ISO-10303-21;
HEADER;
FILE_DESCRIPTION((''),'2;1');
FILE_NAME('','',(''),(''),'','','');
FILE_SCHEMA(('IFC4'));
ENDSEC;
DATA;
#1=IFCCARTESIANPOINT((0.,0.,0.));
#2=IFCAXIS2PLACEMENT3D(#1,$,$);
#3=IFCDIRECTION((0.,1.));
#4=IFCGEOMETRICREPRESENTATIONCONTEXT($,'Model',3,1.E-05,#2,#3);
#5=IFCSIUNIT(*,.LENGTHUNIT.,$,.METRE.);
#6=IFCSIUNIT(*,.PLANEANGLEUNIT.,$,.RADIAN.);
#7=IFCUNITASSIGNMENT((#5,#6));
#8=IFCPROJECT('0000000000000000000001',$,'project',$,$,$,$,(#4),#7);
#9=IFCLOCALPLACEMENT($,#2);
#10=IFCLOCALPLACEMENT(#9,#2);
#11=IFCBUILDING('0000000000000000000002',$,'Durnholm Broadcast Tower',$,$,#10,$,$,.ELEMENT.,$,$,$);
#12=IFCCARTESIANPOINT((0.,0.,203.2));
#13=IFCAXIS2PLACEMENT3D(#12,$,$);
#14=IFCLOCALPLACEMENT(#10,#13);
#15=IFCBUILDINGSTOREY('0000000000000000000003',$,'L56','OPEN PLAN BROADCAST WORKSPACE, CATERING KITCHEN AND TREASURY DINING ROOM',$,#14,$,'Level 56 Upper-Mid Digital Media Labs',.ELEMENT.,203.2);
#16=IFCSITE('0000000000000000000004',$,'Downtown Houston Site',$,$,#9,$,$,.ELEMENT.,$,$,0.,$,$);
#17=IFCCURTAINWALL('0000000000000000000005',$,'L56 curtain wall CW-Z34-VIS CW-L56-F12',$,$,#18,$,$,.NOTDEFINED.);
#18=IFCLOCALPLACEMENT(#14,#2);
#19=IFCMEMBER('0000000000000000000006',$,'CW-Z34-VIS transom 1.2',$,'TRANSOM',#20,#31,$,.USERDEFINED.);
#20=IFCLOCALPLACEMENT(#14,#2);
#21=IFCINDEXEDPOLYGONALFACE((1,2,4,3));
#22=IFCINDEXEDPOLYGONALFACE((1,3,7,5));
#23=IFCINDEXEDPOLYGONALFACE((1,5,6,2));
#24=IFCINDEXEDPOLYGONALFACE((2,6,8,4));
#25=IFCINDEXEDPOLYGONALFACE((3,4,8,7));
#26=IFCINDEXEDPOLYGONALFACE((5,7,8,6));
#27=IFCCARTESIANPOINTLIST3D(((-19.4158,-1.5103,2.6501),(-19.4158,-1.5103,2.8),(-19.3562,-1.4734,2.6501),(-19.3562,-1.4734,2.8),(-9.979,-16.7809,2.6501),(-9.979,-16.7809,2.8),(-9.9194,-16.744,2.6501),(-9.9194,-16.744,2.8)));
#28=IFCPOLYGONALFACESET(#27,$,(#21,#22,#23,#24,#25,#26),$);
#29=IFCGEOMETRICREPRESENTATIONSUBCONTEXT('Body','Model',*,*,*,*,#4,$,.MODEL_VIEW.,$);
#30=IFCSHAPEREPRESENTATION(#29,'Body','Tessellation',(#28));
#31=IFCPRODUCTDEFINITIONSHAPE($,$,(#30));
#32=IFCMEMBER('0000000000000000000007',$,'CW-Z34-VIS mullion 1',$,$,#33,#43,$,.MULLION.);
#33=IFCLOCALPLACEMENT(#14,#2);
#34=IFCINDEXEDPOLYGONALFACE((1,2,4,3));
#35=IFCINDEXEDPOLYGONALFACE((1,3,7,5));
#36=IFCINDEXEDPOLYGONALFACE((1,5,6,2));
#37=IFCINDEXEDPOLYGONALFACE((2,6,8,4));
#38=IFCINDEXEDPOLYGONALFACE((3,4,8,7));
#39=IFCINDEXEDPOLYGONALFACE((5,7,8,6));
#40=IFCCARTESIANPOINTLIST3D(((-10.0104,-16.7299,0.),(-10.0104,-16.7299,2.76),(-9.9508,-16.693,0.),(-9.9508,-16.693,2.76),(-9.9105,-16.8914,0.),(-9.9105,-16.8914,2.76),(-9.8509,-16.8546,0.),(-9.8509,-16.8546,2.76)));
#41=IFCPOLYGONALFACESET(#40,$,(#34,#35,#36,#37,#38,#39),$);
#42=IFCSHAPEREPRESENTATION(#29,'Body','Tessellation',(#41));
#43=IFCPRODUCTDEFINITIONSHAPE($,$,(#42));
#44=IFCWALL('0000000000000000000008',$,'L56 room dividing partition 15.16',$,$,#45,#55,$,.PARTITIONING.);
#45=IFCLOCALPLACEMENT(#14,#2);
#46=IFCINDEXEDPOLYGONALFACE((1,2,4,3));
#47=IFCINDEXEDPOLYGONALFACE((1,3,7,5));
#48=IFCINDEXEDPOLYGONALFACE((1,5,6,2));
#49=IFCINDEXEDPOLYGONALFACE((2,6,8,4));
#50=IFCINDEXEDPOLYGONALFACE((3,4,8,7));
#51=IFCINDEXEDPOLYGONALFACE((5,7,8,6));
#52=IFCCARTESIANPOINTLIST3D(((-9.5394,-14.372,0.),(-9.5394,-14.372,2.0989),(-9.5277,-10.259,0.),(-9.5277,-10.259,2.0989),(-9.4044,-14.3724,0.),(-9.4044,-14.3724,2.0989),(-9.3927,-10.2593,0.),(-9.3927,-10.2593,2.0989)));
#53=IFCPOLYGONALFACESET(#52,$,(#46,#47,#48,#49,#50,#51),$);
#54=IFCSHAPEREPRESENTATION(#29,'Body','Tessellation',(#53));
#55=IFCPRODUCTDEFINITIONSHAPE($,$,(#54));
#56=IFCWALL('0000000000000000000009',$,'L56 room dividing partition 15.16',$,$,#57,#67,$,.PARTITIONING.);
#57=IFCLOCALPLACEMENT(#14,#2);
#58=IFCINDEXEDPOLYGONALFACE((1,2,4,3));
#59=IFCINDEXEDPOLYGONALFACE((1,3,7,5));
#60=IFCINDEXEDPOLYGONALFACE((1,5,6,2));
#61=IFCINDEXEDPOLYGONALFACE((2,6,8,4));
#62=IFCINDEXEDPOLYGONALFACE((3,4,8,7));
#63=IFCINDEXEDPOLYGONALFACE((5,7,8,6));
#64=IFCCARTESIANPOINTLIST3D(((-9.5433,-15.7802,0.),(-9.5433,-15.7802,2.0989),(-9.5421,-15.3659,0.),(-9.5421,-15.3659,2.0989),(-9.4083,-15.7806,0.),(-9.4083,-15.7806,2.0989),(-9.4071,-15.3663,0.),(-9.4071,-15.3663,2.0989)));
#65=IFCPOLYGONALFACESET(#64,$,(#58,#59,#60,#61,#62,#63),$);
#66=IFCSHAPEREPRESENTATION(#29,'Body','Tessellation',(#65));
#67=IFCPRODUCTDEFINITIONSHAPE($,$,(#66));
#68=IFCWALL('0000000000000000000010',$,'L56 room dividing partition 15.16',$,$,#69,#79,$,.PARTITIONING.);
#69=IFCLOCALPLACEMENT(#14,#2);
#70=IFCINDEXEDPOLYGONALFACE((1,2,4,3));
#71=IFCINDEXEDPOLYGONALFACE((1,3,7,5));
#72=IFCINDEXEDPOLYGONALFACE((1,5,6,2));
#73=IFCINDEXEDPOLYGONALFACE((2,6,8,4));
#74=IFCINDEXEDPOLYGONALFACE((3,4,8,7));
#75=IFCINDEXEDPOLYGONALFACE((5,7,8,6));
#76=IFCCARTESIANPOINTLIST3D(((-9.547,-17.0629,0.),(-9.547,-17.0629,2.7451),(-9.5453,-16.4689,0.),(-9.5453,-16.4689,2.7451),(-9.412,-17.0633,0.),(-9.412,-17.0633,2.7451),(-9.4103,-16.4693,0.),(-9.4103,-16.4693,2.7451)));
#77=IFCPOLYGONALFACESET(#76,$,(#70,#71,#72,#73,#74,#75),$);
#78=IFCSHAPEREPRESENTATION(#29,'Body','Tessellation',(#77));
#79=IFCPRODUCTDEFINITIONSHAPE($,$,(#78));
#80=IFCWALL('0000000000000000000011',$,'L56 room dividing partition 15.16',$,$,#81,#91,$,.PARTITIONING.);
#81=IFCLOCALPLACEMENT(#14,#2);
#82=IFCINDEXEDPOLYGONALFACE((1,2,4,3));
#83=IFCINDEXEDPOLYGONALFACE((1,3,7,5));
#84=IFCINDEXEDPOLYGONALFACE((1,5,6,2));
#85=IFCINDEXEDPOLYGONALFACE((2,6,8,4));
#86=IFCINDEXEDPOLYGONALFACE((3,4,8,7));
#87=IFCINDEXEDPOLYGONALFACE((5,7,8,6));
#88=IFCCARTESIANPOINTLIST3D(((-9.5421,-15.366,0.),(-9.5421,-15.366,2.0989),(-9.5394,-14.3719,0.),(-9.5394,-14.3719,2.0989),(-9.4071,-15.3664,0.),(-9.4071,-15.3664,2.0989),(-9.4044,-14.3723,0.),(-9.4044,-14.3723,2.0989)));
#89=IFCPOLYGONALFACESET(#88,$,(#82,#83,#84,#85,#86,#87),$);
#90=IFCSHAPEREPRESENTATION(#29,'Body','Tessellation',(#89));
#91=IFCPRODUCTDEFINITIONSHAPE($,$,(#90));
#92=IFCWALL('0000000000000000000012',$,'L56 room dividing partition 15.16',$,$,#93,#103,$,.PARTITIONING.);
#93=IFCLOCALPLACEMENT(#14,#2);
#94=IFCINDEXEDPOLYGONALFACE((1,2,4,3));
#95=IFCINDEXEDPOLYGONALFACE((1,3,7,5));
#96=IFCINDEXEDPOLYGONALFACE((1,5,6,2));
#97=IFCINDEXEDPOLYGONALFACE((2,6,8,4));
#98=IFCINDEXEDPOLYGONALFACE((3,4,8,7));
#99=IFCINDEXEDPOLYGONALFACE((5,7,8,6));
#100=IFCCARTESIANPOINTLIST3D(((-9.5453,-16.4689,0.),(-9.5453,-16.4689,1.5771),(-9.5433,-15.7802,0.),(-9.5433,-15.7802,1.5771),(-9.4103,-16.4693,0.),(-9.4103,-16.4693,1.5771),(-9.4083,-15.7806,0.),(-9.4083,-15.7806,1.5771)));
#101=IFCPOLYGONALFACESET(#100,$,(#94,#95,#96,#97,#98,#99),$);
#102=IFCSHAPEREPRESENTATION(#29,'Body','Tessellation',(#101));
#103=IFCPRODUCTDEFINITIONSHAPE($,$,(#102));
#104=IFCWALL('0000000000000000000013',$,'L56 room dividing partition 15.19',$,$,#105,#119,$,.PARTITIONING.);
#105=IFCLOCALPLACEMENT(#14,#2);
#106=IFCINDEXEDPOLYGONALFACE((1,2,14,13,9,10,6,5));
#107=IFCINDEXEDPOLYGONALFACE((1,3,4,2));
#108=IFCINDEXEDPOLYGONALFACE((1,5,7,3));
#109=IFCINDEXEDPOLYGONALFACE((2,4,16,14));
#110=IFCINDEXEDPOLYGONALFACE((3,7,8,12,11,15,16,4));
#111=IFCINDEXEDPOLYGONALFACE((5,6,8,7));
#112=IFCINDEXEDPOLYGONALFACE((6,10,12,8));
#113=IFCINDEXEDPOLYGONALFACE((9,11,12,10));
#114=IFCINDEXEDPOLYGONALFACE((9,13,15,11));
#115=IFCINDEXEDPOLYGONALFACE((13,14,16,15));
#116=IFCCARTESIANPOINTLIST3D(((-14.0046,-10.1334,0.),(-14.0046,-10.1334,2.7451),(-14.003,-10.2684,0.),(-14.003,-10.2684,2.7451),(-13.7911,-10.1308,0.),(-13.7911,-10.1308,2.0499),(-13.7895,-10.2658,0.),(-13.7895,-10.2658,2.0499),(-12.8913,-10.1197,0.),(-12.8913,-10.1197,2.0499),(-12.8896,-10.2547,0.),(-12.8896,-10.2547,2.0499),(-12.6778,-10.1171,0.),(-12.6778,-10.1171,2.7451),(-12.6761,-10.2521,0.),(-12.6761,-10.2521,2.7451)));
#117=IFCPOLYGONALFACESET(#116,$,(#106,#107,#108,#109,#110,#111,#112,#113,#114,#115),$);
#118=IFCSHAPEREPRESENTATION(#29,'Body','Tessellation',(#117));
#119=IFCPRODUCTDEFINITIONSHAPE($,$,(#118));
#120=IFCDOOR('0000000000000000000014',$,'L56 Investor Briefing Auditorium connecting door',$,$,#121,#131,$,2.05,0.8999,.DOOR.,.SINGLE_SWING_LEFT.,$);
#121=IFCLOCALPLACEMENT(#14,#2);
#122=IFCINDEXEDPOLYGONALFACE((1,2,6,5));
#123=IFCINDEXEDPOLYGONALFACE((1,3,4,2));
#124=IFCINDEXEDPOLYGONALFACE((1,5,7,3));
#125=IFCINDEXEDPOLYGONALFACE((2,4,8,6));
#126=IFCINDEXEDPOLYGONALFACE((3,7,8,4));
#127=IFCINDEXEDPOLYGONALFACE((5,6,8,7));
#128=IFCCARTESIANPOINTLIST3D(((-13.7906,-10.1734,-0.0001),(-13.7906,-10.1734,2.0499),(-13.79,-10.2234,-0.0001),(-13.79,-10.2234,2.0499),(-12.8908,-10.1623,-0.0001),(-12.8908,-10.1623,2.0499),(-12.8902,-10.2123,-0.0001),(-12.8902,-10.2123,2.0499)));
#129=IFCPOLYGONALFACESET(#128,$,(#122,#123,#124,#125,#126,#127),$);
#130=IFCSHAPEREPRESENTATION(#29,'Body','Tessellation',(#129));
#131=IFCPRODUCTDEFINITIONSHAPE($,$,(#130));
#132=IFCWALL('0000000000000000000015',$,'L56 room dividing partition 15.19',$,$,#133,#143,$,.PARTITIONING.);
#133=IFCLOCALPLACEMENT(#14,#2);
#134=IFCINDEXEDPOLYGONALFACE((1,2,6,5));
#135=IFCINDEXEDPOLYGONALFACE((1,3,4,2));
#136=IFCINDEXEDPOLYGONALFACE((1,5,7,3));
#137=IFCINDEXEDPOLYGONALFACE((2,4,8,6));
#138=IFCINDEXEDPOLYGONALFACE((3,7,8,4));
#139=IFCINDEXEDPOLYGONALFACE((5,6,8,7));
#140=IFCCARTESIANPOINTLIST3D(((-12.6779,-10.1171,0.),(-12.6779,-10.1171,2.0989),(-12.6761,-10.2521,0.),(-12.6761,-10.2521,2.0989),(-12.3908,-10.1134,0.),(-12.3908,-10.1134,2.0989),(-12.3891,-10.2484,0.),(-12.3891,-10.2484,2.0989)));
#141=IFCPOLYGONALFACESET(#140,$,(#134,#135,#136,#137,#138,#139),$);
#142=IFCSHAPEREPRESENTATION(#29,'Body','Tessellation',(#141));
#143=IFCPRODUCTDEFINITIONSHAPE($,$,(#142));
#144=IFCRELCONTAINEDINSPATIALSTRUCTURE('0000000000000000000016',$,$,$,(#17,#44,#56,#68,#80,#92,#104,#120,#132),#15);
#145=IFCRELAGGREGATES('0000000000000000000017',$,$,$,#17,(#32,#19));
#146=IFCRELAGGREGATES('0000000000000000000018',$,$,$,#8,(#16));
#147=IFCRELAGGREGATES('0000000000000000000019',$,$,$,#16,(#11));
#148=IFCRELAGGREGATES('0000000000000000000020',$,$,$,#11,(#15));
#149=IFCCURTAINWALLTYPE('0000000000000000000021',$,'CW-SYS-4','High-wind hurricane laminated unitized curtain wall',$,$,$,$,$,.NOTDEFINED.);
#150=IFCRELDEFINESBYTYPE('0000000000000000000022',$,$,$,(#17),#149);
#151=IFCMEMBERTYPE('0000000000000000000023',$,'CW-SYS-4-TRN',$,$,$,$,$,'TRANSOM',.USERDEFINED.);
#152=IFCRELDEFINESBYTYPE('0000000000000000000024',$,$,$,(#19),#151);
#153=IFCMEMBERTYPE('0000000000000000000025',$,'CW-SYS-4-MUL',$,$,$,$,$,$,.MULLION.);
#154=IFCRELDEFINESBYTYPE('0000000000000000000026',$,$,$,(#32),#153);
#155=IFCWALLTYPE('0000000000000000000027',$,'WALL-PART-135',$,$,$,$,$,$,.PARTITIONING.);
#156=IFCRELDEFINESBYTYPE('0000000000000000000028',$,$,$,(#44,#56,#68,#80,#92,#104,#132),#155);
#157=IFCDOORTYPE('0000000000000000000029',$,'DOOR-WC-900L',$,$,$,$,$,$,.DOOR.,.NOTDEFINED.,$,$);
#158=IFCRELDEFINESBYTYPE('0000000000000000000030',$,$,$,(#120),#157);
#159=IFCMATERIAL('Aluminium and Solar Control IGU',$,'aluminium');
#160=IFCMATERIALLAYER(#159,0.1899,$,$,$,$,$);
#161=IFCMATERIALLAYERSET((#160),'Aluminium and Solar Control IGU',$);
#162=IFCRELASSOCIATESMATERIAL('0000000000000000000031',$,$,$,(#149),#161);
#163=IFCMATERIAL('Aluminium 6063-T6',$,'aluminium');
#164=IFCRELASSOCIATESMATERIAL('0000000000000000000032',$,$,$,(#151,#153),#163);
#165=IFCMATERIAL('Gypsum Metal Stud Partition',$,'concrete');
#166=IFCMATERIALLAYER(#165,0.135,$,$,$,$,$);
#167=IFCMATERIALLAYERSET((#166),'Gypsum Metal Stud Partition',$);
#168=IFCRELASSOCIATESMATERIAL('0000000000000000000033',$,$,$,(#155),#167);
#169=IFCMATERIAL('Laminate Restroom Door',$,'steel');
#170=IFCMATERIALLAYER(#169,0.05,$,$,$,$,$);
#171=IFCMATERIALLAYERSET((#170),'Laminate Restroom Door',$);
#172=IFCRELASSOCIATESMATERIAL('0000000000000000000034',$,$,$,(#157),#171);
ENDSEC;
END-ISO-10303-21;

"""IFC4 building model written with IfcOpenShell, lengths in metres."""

from ifc_helpers import new_model, si_unit, direction, frame, frame_2d, origin, origin_2d, place, context, subcontext, project, spatial, rectangle, extrude, source, transform, mapped, material, layer, layer_set, material_profile, profile_set, type_object, type_shapes, element, fill, aggregate, save


model = new_model("IFC4")

# Units and contexts
model_context = context("Model", 3, precision=1e-05, world=origin(), true_north=direction((0.0, 1.0)))
body_context = subcontext(model_context, "Body", "Model", "MODEL_VIEW")
ifc_project = project(units=[si_unit("LENGTHUNIT", "METRE"), si_unit("PLANEANGLEUNIT", "RADIAN")], contexts=[model_context])

# Site, building, storey
site_placement = place(None, origin())
site = spatial("IfcSite", under=ifc_project, at=site_placement, Name="Downtown Houston Site", CompositionType="ELEMENT", RefElevation=0.0)
building_placement = place(site_placement, origin())
building = spatial("IfcBuilding", under=site, at=building_placement, Name="Durnholm Broadcast Tower", CompositionType="ELEMENT")
storey_placement = place(building_placement, frame((0.0, 0.0, 203.2)))
storey = spatial("IfcBuildingStorey", under=building, at=storey_placement, Name="L56", Description="OPEN PLAN BROADCAST WORKSPACE, CATERING KITCHEN AND TREASURY DINING ROOM", LongName="Level 56 Upper-Mid Digital Media Labs", CompositionType="ELEMENT", Elevation=203.2)

# Shared definitions
ifc_material_1 = material(Name="Aluminium and Solar Control IGU", Category="aluminium")
ifc_material_2 = material(Name="Aluminium 6063-T6", Category="aluminium")

# Curtain wall, members
ifc_layer_1 = layer(ifc_material_1, 0.1899)
ifc_layer_set_1 = layer_set([ifc_layer_1], Name="Aluminium and Solar Control IGU")
curtain_wall_type_1 = type_object("IfcCurtainWallType", Name="CW-SYS-4", Description="High-wind hurricane laminated unitized curtain wall", PredefinedType="NOTDEFINED", material=ifc_layer_set_1)
curtain_wall_1_placement = place(storey_placement, origin())
curtain_wall_1 = element("IfcCurtainWall", 1, at=curtain_wall_1_placement, inside=storey, type_object=curtain_wall_type_1, Name="L56 curtain wall CW-Z34-VIS CW-L56-F12", PredefinedType="NOTDEFINED")
ifc_material_profile_1 = material_profile(ifc_material_2, rectangle(XDim=0.0701, YDim=0.1499, at=origin_2d()), Name="CWT70X150")
ifc_profile_set_1 = profile_set([ifc_material_profile_1], Name="Aluminium 6063-T6")
member_type_1 = type_object("IfcMemberType", Name="CW-SYS-4-TRN", ElementType="TRANSOM", PredefinedType="USERDEFINED", material=ifc_profile_set_1)
shared_shape_1 = source(origin(), body_context, "Body", "SweptSolid", [
    extrude(rectangle(XDim=0.0701, YDim=0.1499, at=origin_2d()), origin(), (0.0, 0.0, 1.0), 17.9512),
])
type_shapes(member_type_1, [shared_shape_1])
member_1_placement = place(storey_placement, frame((-9.9492, -16.7625, 2.7251), z_axis=(-0.525694, 0.850674, 0.0), x_axis=(-0.850674, -0.525694, 0.0)))
member_1 = element("IfcMember", 2, at=member_1_placement, type_object=member_type_1, Name="CW-Z34-VIS transom 1.2", ObjectType="TRANSOM", PredefinedType="USERDEFINED", context=body_context, shape_type="MappedRepresentation", body=[
    mapped(shared_shape_1, transform((0.0, 0.0, 0.0), x_axis=(1.0, 0.0, 0.0), y_axis=(0.0, 1.0, 0.0), z_axis=(0.0, 0.0, 1.0), scale=1.0)),
])
ifc_material_profile_2 = material_profile(ifc_material_2, rectangle(XDim=0.0701, YDim=0.1899, at=origin_2d()), Name="CWM70X190")
ifc_profile_set_2 = profile_set([ifc_material_profile_2], Name="Aluminium 6063-T6")
member_type_2 = type_object("IfcMemberType", Name="CW-SYS-4-MUL", PredefinedType="MULLION", material=ifc_profile_set_2)
shared_shape_2 = source(origin(), body_context, "Body", "SweptSolid", [
    extrude(rectangle(XDim=0.0701, YDim=0.1899, at=origin_2d()), origin(), (0.0, 0.0, 1.0), 2.76),
])
type_shapes(member_type_2, [shared_shape_2])
member_2_placement = place(storey_placement, frame((-9.9307, -16.7922, 0.0), z_axis=(0.0, 0.0, 1.0), x_axis=(-0.850671, -0.525698, 0.0)))
member_2 = element("IfcMember", 3, at=member_2_placement, type_object=member_type_2, Name="CW-Z34-VIS mullion 1", PredefinedType="MULLION", context=body_context, shape_type="MappedRepresentation", body=[
    mapped(shared_shape_2, transform((0.0, 0.0, 0.0), x_axis=(1.0, 0.0, 0.0), y_axis=(0.0, 1.0, 0.0), z_axis=(0.0, 0.0, 1.0), scale=1.0)),
])
aggregate(curtain_wall_1, [member_2, member_1])

# Walls
ifc_material_3 = material(Name="Gypsum Metal Stud Partition", Category="concrete")
ifc_layer_2 = layer(ifc_material_3, 0.135)
ifc_layer_set_2 = layer_set([ifc_layer_2], Name="Gypsum Metal Stud Partition")
wall_type_1 = type_object("IfcWallType", Name="WALL-PART-135", PredefinedType="PARTITIONING", material=ifc_layer_set_2)
wall_1_placement = place(storey_placement, frame((-9.4602, -10.259, 0.0), z_axis=(0.0, 0.0, 1.0), x_axis=(-0.002849, -0.999996, 0.0)))
element("IfcWall", 4, at=wall_1_placement, inside=storey, type_object=wall_type_1, Name="L56 room dividing partition 15.16", PredefinedType="PARTITIONING", context=body_context, shape_type="SweptSolid", body=[
    extrude(rectangle(XDim=4.113, YDim=0.135, at=frame_2d((2.0566, 0.0))), origin(), (0.0, 0.0, 1.0), 2.0989),
])
wall_2_placement = place(storey_placement, frame((-9.4746, -15.3662, 0.0), z_axis=(0.0, 0.0, 1.0), x_axis=(-0.002946, -0.999996, 0.0)))
element("IfcWall", 5, at=wall_2_placement, inside=storey, type_object=wall_type_1, Name="L56 room dividing partition 15.16", PredefinedType="PARTITIONING", context=body_context, shape_type="SweptSolid", body=[
    extrude(rectangle(XDim=0.4143, YDim=0.135, at=frame_2d((0.207, 0.0))), origin(), (0.0, 0.0, 1.0), 2.0989),
])
wall_3_placement = place(storey_placement, frame((-9.4778, -16.4692, 0.0), z_axis=(0.0, 0.0, 1.0), x_axis=(-0.002877, -0.999996, 0.0)))
element("IfcWall", 6, at=wall_3_placement, inside=storey, type_object=wall_type_1, Name="L56 room dividing partition 15.16", PredefinedType="PARTITIONING", context=body_context, shape_type="SweptSolid", body=[
    extrude(rectangle(XDim=0.594, YDim=0.135, at=frame_2d((0.2969, 0.0))), origin(), (0.0, 0.0, 1.0), 2.7451),
])
wall_4_placement = place(storey_placement, frame((-9.4719, -14.3721, 0.0), z_axis=(0.0, 0.0, 1.0), x_axis=(-0.002701, -0.999996, 0.0)))
element("IfcWall", 7, at=wall_4_placement, inside=storey, type_object=wall_type_1, Name="L56 room dividing partition 15.16", PredefinedType="PARTITIONING", context=body_context, shape_type="SweptSolid", body=[
    extrude(rectangle(XDim=0.9941, YDim=0.135, at=frame_2d((0.4971, 0.0))), origin(), (0.0, 0.0, 1.0), 2.0989),
])
wall_5_placement = place(storey_placement, frame((-9.4758, -15.7805, 0.0), z_axis=(0.0, 0.0, 1.0), x_axis=(-0.002836, -0.999996, 0.0)))
element("IfcWall", 8, at=wall_5_placement, inside=storey, type_object=wall_type_1, Name="L56 room dividing partition 15.16", PredefinedType="PARTITIONING", context=body_context, shape_type="SweptSolid", body=[
    extrude(rectangle(XDim=0.6887, YDim=0.135, at=frame_2d((0.3442, 0.0))), origin(), (0.0, 0.0, 1.0), 1.5771),
])

# Wall, opening, door
wall_6_placement = place(storey_placement, frame((-14.0039, -10.2009, 0.0), z_axis=(0.0, 0.0, 1.0), x_axis=(0.999924, 0.012327, 0.0)))
wall_6 = element("IfcWall", 9, at=wall_6_placement, inside=storey, type_object=wall_type_1, Name="L56 room dividing partition 15.19", PredefinedType="PARTITIONING", context=body_context, shape_type="SweptSolid", body=[
    extrude(rectangle(XDim=1.3269, YDim=0.135, at=frame_2d((0.6636, 0.0))), origin(), (0.0, 0.0, 1.0), 2.7451),
])
opening_1_placement = place(wall_6_placement, frame((0.2136, 0.0, 0.0)))
opening_1 = element("IfcOpeningElement", 10, at=opening_1_placement, cuts=wall_6, PredefinedType="OPENING", context=body_context, shape_type="SweptSolid", body=[
    extrude(rectangle(XDim=0.8999, YDim=2.05, at=frame_2d((0.45, 1.0249))), frame((0.0, 0.0776, 0.0), z_axis=(0.0, -1.0, 0.0), x_axis=(1.0, 0.0, 0.0)), (0.0, 0.0, 1.0), 0.155),
])
ifc_material_4 = material(Name="Laminate Restroom Door", Category="steel")
ifc_layer_3 = layer(ifc_material_4, 0.05)
ifc_layer_set_3 = layer_set([ifc_layer_3], Name="Laminate Restroom Door")
door_type_1 = type_object("IfcDoorType", Name="DOOR-WC-900L", OperationType="NOTDEFINED", PredefinedType="DOOR", material=ifc_layer_set_3)
shared_shape_3 = source(origin(), body_context, "Body", "SweptSolid", [
    extrude(rectangle(XDim=0.8999, YDim=2.05, at=frame_2d((0.45, 1.0249))), frame((0.0, 0.0249, 0.0), z_axis=(0.0, -1.0, 0.0), x_axis=(1.0, 0.0, 0.0)), (0.0, 0.0, 1.0), 0.05),
])
type_shapes(door_type_1, [shared_shape_3])
door_1_placement = place(opening_1_placement, origin())
door_1 = element("IfcDoor", 11, at=door_1_placement, inside=storey, type_object=door_type_1, Name="L56 Investor Briefing Auditorium connecting door", OperationType="SINGLE_SWING_LEFT", OverallHeight=2.05, OverallWidth=0.8999, PredefinedType="DOOR", context=body_context, shape_type="MappedRepresentation", body=[
    mapped(shared_shape_3, transform((0.0, 0.0, 0.0), x_axis=(1.0, 0.0, 0.0), y_axis=(0.0, 1.0, 0.0), z_axis=(0.0, 0.0, 1.0), scale=1.0)),
])
fill(opening_1, door_1)

# Wall
wall_7_placement = place(storey_placement, frame((-12.677, -10.1846, 0.0), z_axis=(0.0, 0.0, 1.0), x_axis=(0.999919, 0.012754, 0.0)))
element("IfcWall", 12, at=wall_7_placement, inside=storey, type_object=wall_type_1, Name="L56 room dividing partition 15.19", PredefinedType="PARTITIONING", context=body_context, shape_type="SweptSolid", body=[
    extrude(rectangle(XDim=0.2871, YDim=0.135, at=frame_2d((0.1436, 0.0))), origin(), (0.0, 0.0, 1.0), 2.0989),
])

save(model, "model.ifc")
